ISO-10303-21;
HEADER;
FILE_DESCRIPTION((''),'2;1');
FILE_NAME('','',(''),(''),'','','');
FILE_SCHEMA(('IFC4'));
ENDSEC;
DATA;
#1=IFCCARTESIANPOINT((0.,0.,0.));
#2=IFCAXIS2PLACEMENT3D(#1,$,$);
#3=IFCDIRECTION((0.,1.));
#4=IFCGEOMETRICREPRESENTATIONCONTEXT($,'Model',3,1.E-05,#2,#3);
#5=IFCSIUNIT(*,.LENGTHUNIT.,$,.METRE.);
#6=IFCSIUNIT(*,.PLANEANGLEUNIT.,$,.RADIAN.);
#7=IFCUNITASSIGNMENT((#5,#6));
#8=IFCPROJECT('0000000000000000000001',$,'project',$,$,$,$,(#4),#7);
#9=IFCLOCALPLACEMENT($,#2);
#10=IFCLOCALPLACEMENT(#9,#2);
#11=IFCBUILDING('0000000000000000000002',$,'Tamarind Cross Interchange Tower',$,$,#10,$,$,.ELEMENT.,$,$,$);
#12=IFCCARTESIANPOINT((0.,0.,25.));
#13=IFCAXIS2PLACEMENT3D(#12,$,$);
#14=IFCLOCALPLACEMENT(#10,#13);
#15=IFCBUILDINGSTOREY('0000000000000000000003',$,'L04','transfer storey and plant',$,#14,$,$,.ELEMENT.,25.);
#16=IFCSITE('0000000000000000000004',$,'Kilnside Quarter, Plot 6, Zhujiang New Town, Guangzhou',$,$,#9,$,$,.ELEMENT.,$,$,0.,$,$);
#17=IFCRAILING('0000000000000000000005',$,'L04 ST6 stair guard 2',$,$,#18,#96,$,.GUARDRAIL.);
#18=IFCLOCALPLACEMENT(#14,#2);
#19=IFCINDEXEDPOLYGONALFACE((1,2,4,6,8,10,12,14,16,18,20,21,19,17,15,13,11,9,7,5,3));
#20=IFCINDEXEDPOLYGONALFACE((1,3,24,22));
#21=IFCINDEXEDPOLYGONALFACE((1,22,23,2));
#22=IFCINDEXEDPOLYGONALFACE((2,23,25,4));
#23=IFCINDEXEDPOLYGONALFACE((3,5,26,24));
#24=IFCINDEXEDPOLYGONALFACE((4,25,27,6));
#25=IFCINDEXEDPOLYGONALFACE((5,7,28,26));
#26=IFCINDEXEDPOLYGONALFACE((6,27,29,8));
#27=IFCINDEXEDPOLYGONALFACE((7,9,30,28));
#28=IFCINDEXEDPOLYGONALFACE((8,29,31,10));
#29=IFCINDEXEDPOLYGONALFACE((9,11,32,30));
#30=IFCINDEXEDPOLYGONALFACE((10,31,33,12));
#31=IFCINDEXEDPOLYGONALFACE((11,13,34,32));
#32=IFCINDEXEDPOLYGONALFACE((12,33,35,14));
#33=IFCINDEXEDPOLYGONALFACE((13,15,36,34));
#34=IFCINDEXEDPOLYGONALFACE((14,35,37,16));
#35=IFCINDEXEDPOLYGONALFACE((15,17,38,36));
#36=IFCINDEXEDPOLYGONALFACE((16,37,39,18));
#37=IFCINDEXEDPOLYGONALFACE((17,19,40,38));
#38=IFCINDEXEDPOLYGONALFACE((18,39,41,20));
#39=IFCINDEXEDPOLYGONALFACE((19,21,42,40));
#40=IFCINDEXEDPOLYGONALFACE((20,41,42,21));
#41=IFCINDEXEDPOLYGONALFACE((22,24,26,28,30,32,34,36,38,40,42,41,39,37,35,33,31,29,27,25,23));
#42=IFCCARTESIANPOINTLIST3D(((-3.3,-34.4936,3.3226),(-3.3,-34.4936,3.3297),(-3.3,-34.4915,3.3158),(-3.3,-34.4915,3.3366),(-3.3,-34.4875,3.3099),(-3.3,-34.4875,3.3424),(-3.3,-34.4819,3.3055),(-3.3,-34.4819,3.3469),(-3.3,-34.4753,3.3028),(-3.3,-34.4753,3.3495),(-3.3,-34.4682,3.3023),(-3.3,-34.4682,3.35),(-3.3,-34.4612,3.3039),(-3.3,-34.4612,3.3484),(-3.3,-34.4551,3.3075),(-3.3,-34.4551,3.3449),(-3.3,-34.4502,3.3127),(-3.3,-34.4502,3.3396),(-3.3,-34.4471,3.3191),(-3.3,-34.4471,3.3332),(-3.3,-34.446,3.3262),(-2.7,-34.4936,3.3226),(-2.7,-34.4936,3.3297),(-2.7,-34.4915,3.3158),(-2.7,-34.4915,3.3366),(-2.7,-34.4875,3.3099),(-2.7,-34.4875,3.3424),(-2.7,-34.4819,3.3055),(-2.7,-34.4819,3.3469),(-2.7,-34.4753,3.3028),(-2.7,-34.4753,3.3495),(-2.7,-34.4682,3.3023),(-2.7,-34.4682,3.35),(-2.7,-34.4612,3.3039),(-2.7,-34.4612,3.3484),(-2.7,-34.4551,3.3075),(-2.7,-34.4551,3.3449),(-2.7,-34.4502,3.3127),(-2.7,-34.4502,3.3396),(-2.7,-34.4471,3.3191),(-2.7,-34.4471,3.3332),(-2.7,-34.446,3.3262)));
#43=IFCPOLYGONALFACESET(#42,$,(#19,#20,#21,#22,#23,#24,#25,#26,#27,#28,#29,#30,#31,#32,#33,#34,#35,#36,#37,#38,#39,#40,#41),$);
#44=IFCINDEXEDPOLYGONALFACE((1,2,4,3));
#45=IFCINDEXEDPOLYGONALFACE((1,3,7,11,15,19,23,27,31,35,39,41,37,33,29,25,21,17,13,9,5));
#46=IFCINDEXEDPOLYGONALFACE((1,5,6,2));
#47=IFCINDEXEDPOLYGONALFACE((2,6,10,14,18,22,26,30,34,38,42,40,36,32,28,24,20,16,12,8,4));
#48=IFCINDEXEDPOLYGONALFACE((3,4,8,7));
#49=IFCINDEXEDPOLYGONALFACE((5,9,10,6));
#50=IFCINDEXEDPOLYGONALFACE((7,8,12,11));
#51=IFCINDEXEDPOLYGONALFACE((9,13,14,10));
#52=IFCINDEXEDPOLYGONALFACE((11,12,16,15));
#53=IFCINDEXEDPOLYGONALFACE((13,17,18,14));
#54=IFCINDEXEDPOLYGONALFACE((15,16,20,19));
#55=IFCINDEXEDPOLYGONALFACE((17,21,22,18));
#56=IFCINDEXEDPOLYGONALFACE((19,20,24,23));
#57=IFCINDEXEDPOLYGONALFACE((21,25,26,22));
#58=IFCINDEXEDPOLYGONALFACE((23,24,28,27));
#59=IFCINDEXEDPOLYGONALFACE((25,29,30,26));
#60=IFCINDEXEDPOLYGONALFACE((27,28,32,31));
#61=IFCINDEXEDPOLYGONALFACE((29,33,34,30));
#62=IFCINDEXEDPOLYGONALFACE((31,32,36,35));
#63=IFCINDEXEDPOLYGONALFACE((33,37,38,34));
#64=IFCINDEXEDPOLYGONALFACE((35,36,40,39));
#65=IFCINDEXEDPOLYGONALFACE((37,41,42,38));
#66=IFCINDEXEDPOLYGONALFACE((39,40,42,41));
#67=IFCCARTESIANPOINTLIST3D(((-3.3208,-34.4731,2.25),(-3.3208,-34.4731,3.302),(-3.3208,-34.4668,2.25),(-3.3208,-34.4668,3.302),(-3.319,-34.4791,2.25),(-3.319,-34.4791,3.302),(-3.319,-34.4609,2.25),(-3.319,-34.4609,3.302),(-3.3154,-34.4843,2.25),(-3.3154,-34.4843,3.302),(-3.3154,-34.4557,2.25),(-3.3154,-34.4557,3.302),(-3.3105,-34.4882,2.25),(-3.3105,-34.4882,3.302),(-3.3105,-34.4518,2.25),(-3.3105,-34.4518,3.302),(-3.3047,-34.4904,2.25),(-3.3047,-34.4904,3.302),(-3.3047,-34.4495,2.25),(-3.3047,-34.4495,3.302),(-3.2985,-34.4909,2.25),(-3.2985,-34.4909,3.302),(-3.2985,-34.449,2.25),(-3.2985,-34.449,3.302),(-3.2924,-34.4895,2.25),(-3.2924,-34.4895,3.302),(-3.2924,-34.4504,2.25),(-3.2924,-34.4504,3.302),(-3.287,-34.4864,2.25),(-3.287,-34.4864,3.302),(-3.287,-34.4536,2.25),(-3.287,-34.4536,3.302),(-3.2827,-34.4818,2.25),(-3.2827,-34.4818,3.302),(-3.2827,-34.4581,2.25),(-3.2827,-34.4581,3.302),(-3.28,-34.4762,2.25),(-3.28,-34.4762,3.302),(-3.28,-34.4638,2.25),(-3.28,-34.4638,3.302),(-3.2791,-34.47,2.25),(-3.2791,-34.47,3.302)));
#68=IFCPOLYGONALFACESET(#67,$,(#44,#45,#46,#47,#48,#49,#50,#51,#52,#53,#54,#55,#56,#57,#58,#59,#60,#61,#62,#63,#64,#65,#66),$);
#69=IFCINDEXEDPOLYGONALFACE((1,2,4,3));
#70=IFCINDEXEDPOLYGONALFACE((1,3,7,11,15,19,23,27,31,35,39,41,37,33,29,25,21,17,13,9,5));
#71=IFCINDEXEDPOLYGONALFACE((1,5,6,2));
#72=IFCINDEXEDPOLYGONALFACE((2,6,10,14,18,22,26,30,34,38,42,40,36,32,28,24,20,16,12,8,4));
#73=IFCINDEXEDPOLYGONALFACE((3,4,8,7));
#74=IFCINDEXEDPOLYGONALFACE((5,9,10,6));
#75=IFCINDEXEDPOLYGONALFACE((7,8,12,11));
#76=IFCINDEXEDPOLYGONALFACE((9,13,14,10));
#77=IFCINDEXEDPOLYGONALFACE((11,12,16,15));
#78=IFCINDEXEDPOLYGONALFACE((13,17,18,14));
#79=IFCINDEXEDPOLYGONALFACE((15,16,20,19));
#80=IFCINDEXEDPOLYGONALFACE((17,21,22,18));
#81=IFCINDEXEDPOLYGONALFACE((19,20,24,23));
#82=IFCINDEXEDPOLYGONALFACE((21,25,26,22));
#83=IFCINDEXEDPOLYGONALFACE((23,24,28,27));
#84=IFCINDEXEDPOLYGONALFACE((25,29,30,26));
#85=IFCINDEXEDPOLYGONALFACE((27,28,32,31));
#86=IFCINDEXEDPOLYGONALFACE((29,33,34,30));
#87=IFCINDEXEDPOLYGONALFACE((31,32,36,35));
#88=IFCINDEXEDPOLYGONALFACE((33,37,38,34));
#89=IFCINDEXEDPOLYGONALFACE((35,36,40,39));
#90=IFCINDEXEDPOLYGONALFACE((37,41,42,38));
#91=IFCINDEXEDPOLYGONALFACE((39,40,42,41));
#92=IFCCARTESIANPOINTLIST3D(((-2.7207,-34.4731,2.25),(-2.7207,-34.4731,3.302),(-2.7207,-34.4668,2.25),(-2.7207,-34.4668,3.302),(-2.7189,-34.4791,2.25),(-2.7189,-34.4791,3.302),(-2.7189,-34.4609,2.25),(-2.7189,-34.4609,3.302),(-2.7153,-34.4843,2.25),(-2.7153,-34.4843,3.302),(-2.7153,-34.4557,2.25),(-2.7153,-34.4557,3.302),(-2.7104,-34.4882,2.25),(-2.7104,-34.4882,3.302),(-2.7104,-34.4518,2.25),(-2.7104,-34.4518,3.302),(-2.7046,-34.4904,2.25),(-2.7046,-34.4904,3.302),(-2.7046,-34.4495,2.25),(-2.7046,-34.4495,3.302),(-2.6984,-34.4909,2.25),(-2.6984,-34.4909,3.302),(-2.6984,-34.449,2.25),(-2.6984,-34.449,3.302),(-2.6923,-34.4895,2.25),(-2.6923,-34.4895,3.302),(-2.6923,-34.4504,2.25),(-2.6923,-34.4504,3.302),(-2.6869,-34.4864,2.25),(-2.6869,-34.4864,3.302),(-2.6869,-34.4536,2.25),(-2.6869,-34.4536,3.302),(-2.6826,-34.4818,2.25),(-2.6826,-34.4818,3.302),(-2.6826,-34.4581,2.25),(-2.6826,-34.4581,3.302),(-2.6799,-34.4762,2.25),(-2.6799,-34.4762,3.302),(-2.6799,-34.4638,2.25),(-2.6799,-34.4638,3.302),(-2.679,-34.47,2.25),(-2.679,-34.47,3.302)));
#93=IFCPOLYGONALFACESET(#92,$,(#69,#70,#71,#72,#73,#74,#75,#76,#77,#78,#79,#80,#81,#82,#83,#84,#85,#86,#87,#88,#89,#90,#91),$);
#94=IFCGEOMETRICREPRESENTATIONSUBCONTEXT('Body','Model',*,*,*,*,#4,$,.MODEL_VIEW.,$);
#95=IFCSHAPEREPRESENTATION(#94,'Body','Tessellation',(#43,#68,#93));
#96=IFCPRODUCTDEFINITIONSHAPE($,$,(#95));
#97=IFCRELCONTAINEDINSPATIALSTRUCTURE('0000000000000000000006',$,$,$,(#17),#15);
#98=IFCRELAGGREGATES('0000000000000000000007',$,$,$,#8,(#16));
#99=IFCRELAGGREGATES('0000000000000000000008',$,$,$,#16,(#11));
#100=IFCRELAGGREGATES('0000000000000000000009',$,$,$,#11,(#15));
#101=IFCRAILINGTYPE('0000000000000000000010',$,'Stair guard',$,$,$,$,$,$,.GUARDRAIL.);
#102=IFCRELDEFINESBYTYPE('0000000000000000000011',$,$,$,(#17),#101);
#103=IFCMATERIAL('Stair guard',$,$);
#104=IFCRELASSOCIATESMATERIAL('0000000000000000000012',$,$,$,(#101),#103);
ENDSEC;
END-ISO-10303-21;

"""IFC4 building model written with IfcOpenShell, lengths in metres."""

from ifc_helpers import new_model, si_unit, direction, frame, origin, origin_2d, place, context, subcontext, project, spatial, circle, extrude, material, type_object, element, save


model = new_model("IFC4")

# Units and contexts
model_context = context("Model", 3, precision=1e-05, world=origin(), true_north=direction((0.0, 1.0)))
body_context = subcontext(model_context, "Body", "Model", "MODEL_VIEW")
ifc_project = project(units=[si_unit("LENGTHUNIT", "METRE"), si_unit("PLANEANGLEUNIT", "RADIAN")], contexts=[model_context])

# Site, building, storey
site_placement = place(None, origin())
site = spatial("IfcSite", under=ifc_project, at=site_placement, Name="Kilnside Quarter, Plot 6, Zhujiang New Town, Guangzhou", CompositionType="ELEMENT", RefElevation=0.0)
building_placement = place(site_placement, origin())
building = spatial("IfcBuilding", under=site, at=building_placement, Name="Tamarind Cross Interchange Tower", CompositionType="ELEMENT")
storey_placement = place(building_placement, frame((0.0, 0.0, 25.0)))
storey = spatial("IfcBuildingStorey", under=building, at=storey_placement, Name="L04", Description="transfer storey and plant", CompositionType="ELEMENT", Elevation=25.0)

# Railing
ifc_material_1 = material(Name="Stair guard")
railing_type_1 = type_object("IfcRailingType", Name="Stair guard", PredefinedType="GUARDRAIL", material=ifc_material_1)
railing_1_placement = place(storey_placement, frame((-3.3, -34.47, 2.25)))
element("IfcRailing", 1, at=railing_1_placement, inside=storey, type_object=railing_type_1, Name="L04 ST6 stair guard 2", PredefinedType="GUARDRAIL", context=body_context, shape_type="SweptSolid", body=[
    extrude(circle(Radius=0.0239, at=origin_2d()), frame((0.0, 0.0, 1.0762), z_axis=(1.0, 0.0, 0.0), x_axis=(0.0, 1.0, 0.0)), (0.0, 0.0, 1.0), 0.6001),
    extrude(circle(Radius=0.021, at=origin_2d()), origin(), (0.0, 0.0, 1.0), 1.052),
    extrude(circle(Radius=0.021, at=origin_2d()), frame((0.6001, 0.0, 0.0)), (0.0, 0.0, 1.0), 1.052),
])

save(model, "model.ifc")
